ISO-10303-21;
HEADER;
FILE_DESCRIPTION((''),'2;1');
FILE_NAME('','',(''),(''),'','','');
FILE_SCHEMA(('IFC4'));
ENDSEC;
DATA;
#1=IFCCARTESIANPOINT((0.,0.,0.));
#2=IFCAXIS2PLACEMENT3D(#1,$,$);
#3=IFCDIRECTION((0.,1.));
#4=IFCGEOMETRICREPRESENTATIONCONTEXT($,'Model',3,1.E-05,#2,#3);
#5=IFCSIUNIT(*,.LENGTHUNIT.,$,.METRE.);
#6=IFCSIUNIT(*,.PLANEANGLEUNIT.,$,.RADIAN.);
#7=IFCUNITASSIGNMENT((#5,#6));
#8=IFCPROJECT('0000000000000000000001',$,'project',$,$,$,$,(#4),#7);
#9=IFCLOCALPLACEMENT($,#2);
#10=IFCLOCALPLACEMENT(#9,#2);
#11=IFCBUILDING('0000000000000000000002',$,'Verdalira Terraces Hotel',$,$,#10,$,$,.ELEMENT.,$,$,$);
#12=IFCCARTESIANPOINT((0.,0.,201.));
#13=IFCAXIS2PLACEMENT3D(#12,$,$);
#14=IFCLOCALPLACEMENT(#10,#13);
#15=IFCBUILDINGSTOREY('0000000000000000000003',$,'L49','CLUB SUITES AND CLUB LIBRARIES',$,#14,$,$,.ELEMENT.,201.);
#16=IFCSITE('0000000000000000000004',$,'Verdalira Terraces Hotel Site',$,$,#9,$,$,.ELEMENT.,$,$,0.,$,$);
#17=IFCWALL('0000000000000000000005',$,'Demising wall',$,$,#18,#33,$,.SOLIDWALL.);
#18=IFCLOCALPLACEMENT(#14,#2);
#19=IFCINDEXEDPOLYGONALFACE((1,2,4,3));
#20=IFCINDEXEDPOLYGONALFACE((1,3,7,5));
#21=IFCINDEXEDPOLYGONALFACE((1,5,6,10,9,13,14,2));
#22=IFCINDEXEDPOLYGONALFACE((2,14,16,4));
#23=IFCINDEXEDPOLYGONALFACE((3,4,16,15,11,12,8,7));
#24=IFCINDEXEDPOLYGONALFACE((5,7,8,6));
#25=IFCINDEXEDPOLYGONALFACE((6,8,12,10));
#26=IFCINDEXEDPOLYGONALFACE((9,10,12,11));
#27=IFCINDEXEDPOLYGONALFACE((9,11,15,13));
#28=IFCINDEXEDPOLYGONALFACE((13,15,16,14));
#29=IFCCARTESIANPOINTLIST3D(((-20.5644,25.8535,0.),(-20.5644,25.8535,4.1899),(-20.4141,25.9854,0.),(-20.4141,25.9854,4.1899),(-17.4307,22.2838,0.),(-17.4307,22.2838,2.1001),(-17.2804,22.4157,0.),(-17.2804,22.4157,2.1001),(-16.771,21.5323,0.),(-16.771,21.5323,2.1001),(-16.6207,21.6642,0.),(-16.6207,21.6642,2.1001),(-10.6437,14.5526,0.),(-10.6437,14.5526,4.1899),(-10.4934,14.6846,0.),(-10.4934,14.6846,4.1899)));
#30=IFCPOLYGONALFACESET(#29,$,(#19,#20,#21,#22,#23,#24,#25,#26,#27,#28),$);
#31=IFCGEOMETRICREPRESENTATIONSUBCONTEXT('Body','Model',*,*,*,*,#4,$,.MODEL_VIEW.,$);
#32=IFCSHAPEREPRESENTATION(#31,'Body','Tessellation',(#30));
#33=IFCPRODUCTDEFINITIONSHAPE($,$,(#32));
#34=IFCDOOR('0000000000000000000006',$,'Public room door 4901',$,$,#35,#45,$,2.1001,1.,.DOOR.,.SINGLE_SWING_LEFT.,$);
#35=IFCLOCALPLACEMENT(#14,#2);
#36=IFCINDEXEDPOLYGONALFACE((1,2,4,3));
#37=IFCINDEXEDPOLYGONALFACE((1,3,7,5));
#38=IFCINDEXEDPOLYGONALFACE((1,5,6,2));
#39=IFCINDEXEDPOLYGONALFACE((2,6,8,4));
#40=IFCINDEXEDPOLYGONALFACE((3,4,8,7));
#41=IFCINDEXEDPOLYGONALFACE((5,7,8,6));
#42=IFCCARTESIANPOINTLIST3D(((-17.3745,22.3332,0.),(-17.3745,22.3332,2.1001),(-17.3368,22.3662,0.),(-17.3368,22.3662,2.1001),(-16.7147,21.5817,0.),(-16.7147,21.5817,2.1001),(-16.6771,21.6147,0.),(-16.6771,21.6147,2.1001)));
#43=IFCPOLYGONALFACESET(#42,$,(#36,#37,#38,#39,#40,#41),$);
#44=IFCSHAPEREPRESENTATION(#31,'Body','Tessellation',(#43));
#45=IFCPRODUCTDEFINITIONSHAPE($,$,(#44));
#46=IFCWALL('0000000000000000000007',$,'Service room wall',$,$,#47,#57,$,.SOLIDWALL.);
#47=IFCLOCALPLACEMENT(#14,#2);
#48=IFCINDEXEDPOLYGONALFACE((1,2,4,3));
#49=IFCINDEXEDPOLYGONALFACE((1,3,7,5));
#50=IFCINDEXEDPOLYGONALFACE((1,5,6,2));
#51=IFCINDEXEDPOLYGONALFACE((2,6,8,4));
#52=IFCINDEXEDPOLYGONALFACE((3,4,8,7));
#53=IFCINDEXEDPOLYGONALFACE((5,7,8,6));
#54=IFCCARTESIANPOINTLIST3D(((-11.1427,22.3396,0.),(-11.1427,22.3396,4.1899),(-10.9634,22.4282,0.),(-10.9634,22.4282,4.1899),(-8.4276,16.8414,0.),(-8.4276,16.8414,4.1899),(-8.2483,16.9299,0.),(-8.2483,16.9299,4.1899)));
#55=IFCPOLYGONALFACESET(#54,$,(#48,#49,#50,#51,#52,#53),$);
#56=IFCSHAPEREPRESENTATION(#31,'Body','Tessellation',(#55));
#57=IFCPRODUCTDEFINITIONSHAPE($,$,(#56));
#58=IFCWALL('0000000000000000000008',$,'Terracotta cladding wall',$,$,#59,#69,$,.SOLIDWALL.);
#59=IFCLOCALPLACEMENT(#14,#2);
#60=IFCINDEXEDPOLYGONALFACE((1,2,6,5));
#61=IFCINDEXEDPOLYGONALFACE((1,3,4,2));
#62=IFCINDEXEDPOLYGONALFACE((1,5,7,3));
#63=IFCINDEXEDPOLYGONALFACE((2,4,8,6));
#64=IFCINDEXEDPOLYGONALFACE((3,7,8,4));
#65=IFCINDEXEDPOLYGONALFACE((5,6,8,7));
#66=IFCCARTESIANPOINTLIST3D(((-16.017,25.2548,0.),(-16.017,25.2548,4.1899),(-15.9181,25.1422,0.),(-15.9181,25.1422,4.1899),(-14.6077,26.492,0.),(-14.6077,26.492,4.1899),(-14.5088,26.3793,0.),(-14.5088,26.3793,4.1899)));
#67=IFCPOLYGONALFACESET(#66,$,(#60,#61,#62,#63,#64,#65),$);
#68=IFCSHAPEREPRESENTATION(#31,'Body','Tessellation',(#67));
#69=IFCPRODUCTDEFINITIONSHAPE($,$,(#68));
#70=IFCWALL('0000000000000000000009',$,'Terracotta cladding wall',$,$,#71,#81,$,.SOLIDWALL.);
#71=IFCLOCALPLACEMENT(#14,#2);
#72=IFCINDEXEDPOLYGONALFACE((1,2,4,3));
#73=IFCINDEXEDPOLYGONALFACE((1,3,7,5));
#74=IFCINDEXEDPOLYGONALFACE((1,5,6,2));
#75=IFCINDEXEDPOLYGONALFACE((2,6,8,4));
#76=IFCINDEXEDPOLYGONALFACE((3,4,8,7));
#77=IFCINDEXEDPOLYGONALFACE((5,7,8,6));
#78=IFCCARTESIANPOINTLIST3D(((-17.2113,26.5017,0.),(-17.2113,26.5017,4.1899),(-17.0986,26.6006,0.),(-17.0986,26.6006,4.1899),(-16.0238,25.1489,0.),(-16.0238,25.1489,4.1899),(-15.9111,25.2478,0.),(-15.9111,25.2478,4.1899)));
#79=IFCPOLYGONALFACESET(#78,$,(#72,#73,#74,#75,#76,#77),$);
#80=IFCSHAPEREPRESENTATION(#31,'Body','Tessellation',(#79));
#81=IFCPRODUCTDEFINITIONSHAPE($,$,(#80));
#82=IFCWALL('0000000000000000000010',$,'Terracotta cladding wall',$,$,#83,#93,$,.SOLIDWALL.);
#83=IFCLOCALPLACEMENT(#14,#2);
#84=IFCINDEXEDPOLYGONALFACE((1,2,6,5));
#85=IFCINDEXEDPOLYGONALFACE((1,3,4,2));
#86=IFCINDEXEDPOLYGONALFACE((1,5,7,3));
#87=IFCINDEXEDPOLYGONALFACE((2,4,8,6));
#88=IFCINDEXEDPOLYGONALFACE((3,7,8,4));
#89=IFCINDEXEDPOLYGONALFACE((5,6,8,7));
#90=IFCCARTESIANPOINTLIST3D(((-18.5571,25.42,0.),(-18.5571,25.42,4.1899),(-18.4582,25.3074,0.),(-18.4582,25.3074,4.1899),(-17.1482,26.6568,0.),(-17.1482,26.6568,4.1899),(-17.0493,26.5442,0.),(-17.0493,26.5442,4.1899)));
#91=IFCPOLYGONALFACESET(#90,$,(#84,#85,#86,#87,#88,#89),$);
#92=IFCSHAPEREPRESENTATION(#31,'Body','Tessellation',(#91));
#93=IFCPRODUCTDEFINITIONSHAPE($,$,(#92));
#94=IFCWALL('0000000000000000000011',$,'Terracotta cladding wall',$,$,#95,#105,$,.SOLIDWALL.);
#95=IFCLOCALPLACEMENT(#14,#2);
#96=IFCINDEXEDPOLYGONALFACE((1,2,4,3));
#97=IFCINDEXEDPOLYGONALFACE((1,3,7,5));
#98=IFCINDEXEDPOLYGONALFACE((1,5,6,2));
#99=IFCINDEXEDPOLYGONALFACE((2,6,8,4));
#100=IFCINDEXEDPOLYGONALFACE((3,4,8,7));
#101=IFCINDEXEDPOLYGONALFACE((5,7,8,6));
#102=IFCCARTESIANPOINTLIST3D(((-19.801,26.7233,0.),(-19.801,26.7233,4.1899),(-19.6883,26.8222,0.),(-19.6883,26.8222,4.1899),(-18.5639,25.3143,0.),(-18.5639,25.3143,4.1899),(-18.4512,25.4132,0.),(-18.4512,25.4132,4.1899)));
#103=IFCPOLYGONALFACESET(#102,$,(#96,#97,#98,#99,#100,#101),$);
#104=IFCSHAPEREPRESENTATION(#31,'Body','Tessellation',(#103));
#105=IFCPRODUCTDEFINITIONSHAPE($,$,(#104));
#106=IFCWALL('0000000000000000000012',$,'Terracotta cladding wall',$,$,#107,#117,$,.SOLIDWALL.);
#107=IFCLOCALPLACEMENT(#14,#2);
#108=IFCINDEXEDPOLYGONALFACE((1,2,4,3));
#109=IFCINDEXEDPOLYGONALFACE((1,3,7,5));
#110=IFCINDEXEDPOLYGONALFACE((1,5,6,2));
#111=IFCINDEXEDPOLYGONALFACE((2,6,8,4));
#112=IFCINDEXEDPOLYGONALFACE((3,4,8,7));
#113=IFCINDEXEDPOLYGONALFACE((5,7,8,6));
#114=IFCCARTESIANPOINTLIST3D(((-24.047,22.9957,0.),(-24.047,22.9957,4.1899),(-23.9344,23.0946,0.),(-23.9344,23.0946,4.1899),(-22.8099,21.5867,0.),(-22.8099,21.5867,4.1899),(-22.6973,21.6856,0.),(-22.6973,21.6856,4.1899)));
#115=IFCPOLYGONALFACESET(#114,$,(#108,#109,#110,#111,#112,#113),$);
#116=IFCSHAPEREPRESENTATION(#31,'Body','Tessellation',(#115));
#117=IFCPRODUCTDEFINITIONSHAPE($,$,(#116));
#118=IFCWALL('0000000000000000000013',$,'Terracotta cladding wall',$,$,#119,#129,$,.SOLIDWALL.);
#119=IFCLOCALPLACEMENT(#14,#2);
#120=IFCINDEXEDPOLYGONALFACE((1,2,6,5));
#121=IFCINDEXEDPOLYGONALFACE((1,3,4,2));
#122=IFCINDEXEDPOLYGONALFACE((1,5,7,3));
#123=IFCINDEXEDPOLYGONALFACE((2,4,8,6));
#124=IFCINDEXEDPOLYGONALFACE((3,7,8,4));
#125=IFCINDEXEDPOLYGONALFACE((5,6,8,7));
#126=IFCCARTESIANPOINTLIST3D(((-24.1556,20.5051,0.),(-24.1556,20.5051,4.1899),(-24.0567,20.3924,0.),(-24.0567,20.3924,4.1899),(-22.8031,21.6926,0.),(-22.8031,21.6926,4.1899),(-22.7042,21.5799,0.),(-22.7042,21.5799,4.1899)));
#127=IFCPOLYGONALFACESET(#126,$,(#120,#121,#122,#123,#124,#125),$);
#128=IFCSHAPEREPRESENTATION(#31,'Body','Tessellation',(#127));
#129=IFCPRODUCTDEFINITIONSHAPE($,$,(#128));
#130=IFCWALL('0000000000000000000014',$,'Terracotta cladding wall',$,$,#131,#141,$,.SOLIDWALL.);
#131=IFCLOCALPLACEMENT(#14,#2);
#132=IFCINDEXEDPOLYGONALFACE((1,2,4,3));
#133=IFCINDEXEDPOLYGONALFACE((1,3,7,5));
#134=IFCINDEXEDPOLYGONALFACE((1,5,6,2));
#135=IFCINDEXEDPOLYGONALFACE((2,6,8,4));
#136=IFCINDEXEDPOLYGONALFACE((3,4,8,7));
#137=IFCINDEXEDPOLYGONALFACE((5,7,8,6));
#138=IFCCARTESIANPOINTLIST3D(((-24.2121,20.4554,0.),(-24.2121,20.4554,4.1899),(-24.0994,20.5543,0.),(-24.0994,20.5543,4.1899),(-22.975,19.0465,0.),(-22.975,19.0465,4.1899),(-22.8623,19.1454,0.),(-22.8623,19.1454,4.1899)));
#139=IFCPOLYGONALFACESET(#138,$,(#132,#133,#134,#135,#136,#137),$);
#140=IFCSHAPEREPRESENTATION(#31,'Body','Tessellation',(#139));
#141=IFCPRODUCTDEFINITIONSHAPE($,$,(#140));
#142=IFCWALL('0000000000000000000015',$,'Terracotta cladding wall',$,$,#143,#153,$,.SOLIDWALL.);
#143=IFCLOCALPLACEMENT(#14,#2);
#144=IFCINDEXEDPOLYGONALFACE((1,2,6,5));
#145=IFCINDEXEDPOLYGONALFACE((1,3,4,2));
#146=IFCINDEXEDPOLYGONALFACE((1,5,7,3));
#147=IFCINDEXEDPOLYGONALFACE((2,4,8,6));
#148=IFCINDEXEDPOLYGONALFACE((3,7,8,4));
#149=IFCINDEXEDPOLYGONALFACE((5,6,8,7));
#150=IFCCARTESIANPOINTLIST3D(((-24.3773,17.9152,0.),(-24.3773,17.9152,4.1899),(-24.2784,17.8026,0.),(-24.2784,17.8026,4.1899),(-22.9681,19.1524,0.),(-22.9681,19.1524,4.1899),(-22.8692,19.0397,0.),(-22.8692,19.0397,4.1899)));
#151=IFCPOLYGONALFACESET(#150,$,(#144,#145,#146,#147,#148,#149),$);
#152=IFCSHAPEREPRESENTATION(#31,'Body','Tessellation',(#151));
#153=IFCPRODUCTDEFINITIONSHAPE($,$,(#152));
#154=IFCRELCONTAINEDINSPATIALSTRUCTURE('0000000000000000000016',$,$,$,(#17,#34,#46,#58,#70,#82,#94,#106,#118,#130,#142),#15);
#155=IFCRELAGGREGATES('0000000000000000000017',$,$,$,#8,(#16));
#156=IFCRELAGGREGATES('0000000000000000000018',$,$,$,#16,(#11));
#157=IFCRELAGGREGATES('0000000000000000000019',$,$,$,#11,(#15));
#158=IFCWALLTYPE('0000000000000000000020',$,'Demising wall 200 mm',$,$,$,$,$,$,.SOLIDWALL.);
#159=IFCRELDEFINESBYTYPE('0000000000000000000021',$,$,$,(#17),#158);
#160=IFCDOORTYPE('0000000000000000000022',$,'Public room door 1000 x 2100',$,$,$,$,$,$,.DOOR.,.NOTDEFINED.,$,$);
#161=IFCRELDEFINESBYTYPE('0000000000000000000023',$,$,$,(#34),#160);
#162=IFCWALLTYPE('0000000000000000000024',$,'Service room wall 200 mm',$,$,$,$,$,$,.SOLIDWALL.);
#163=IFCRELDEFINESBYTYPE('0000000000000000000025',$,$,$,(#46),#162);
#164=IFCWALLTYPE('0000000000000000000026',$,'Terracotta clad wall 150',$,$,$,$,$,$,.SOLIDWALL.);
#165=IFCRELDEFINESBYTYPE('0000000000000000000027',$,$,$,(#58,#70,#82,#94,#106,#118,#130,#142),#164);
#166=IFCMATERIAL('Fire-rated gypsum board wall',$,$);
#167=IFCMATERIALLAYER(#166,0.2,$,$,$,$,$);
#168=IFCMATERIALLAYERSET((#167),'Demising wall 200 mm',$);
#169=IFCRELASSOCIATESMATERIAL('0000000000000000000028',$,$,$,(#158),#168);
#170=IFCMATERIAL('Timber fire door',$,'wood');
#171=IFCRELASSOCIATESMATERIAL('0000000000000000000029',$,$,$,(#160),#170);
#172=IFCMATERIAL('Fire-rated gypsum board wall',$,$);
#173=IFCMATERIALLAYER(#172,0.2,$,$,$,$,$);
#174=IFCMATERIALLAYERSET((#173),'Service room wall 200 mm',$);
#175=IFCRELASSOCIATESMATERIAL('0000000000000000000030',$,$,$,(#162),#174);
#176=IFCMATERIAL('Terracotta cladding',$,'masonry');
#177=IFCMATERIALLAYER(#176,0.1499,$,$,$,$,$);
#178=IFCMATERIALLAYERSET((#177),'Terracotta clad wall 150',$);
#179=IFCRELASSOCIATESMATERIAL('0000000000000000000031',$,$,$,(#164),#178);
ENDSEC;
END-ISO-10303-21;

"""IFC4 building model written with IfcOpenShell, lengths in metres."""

from ifc_helpers import new_model, si_unit, direction, frame, frame_2d, origin, place, context, subcontext, project, spatial, rectangle, extrude, material, layer, layer_set, type_object, element, fill, save


model = new_model("IFC4")

# Units and contexts
model_context = context("Model", 3, precision=1e-05, world=origin(), true_north=direction((0.0, 1.0)))
body_context = subcontext(model_context, "Body", "Model", "MODEL_VIEW")
ifc_project = project(units=[si_unit("LENGTHUNIT", "METRE"), si_unit("PLANEANGLEUNIT", "RADIAN")], contexts=[model_context])

# Site, building, storey
site_placement = place(None, origin())
site = spatial("IfcSite", under=ifc_project, at=site_placement, Name="Verdalira Terraces Hotel Site", CompositionType="ELEMENT", RefElevation=0.0)
building_placement = place(site_placement, origin())
building = spatial("IfcBuilding", under=site, at=building_placement, Name="Verdalira Terraces Hotel", CompositionType="ELEMENT")
storey_placement = place(building_placement, frame((0.0, 0.0, 201.0)))
storey = spatial("IfcBuildingStorey", under=building, at=storey_placement, Name="L49", Description="CLUB SUITES AND CLUB LIBRARIES", CompositionType="ELEMENT", Elevation=201.0)

# Wall, opening, door
ifc_material_1 = material(Name="Fire-rated gypsum board wall")
ifc_layer_1 = layer(ifc_material_1, 0.2)
ifc_layer_set_1 = layer_set([ifc_layer_1], Name="Demising wall 200 mm")
wall_type_1 = type_object("IfcWallType", Name="Demising wall 200 mm", PredefinedType="SOLIDWALL", material=ifc_layer_set_1)
wall_1_placement = place(storey_placement, frame((-20.4893, 25.9194, 0.0), z_axis=(0.0, 0.0, 1.0), x_axis=(0.659727, -0.751506, 0.0)))
wall_1 = element("IfcWall", 1, at=wall_1_placement, inside=storey, type_object=wall_type_1, Name="Demising wall", PredefinedType="SOLIDWALL", context=body_context, shape_type="SweptSolid", body=[
    extrude(rectangle(XDim=15.0376, YDim=0.2, at=frame_2d((7.5188, 0.0))), origin(), (0.0, 0.0, 1.0), 4.1899),
])
opening_placement = place(wall_1_placement, frame((4.75, 0.0, 0.0)))
opening = element("IfcOpeningElement", 2, at=opening_placement, cuts=wall_1, PredefinedType="OPENING", context=body_context, shape_type="SweptSolid", body=[
    extrude(rectangle(XDim=1.0, YDim=2.1001, at=frame_2d((0.5, 1.05))), frame((0.0, 0.1099, 0.0), z_axis=(0.0, -1.0, 0.0), x_axis=(1.0, 0.0, 0.0)), (0.0, 0.0, 1.0), 0.22),
])
ifc_material_2 = material(Name="Timber fire door", Category="wood")
door_type = type_object("IfcDoorType", Name="Public room door 1000 x 2100", OperationType="NOTDEFINED", PredefinedType="DOOR", material=ifc_material_2)
door_placement = place(opening_placement, origin())
door = element("IfcDoor", 3, at=door_placement, inside=storey, type_object=door_type, Name="Public room door 4901", OperationType="SINGLE_SWING_LEFT", OverallHeight=2.1001, OverallWidth=1.0, PredefinedType="DOOR", context=body_context, shape_type="SweptSolid", body=[
    extrude(rectangle(XDim=1.0, YDim=2.1001, at=frame_2d((0.5, 1.05))), frame((0.0, 0.0249, 0.0), z_axis=(0.0, -1.0, 0.0), x_axis=(1.0, 0.0, 0.0)), (0.0, 0.0, 1.0), 0.05),
])
fill(opening, door)

# Walls
ifc_material_3 = material(Name="Fire-rated gypsum board wall")
ifc_layer_2 = layer(ifc_material_3, 0.2)
ifc_layer_set_2 = layer_set([ifc_layer_2], Name="Service room wall 200 mm")
wall_type_2 = type_object("IfcWallType", Name="Service room wall 200 mm", PredefinedType="SOLIDWALL", material=ifc_layer_set_2)
wall_2_placement = place(storey_placement, frame((-11.053, 22.3838, 0.0), z_axis=(0.0, 0.0, 1.0), x_axis=(0.442765, -0.896638, 0.0)))
element("IfcWall", 4, at=wall_2_placement, inside=storey, type_object=wall_type_2, Name="Service room wall", PredefinedType="SOLIDWALL", context=body_context, shape_type="SweptSolid", body=[
    extrude(rectangle(XDim=6.1321, YDim=0.2, at=frame_2d((3.0659, 0.0))), origin(), (0.0, 0.0, 1.0), 4.1899),
])
ifc_material_4 = material(Name="Terracotta cladding", Category="masonry")
ifc_layer_3 = layer(ifc_material_4, 0.1499)
ifc_layer_set_3 = layer_set([ifc_layer_3], Name="Terracotta clad wall 150")
wall_type_3 = type_object("IfcWallType", Name="Terracotta clad wall 150", PredefinedType="SOLIDWALL", material=ifc_layer_set_3)
wall_3_placement = place(storey_placement, frame((-14.5584, 26.4355, 0.0), z_axis=(0.0, 0.0, 1.0), x_axis=(-0.751511, -0.65972, 0.0)))
element("IfcWall", 5, at=wall_3_placement, inside=storey, type_object=wall_type_3, Name="Terracotta cladding wall", PredefinedType="SOLIDWALL", context=body_context, shape_type="SweptSolid", body=[
    extrude(rectangle(XDim=1.8752, YDim=0.1499, at=frame_2d((0.9375, 0.0))), origin(), (0.0, 0.0, 1.0), 4.1899),
])
wall_4_placement = place(storey_placement, frame((-15.9675, 25.1985, 0.0), z_axis=(0.0, 0.0, 1.0), x_axis=(-0.659704, 0.751526, 0.0)))
element("IfcWall", 6, at=wall_4_placement, inside=storey, type_object=wall_type_3, Name="Terracotta cladding wall", PredefinedType="SOLIDWALL", context=body_context, shape_type="SweptSolid", body=[
    extrude(rectangle(XDim=1.8, YDim=0.1499, at=frame_2d((0.8999, 0.0))), origin(), (0.0, 0.0, 1.0), 4.1899),
])
wall_5_placement = place(storey_placement, frame((-17.0986, 26.6006, 0.0), z_axis=(0.0, 0.0, 1.0), x_axis=(-0.751519, -0.659711, 0.0)))
element("IfcWall", 7, at=wall_5_placement, inside=storey, type_object=wall_type_3, Name="Terracotta cladding wall", PredefinedType="SOLIDWALL", context=body_context, shape_type="SweptSolid", body=[
    extrude(rectangle(XDim=1.8748, YDim=0.1499, at=frame_2d((0.9375, 0.0))), origin(), (0.0, 0.0, 1.0), 4.1899),
])
for number, where, z_axis, x_axis, name in (
    (8, (-18.5076, 25.3638, 0.0), (0.0, 0.0, 1.0), (-0.659785, 0.751454, 0.0), "Terracotta cladding wall"),
    (9, (-23.9907, 23.0452, 0.0), (0.0, 0.0, 1.0), (0.659785, -0.751454, 0.0), "Terracotta cladding wall"),
):
    element("IfcWall", number, at=place(storey_placement, frame(where, z_axis=z_axis, x_axis=x_axis)), inside=storey, type_object=wall_type_3, Name=name, PredefinedType="SOLIDWALL", context=body_context, shape_type="SweptSolid", body=[
        extrude(rectangle(XDim=1.875, YDim=0.1499, at=frame_2d((0.9375, 0.0))), origin(), (0.0, 0.0, 1.0), 4.1899),
    ])
wall_6_placement = place(storey_placement, frame((-22.7537, 21.6362, 0.0), z_axis=(0.0, 0.0, 1.0), x_axis=(-0.751466, -0.659771, 0.0)))
element("IfcWall", 10, at=wall_6_placement, inside=storey, type_object=wall_type_3, Name="Terracotta cladding wall", PredefinedType="SOLIDWALL", context=body_context, shape_type="SweptSolid", body=[
    extrude(rectangle(XDim=1.7998, YDim=0.1499, at=frame_2d((0.8999, 0.0))), origin(), (0.0, 0.0, 1.0), 4.1899),
])
wall_7_placement = place(storey_placement, frame((-24.1558, 20.5049, 0.0), z_axis=(0.0, 0.0, 1.0), x_axis=(0.659785, -0.751454, 0.0)))
element("IfcWall", 11, at=wall_7_placement, inside=storey, type_object=wall_type_3, Name="Terracotta cladding wall", PredefinedType="SOLIDWALL", context=body_context, shape_type="SweptSolid", body=[
    extrude(rectangle(XDim=1.875, YDim=0.1499, at=frame_2d((0.9375, 0.0))), origin(), (0.0, 0.0, 1.0), 4.1899),
])
wall_8_placement = place(storey_placement, frame((-22.9187, 19.0959, 0.0), z_axis=(0.0, 0.0, 1.0), x_axis=(-0.751511, -0.65972, 0.0)))
element("IfcWall", 12, at=wall_8_placement, inside=storey, type_object=wall_type_3, Name="Terracotta cladding wall", PredefinedType="SOLIDWALL", context=body_context, shape_type="SweptSolid", body=[
    extrude(rectangle(XDim=1.8752, YDim=0.1499, at=frame_2d((0.9375, 0.0))), origin(), (0.0, 0.0, 1.0), 4.1899),
])

save(model, "model.ifc")
